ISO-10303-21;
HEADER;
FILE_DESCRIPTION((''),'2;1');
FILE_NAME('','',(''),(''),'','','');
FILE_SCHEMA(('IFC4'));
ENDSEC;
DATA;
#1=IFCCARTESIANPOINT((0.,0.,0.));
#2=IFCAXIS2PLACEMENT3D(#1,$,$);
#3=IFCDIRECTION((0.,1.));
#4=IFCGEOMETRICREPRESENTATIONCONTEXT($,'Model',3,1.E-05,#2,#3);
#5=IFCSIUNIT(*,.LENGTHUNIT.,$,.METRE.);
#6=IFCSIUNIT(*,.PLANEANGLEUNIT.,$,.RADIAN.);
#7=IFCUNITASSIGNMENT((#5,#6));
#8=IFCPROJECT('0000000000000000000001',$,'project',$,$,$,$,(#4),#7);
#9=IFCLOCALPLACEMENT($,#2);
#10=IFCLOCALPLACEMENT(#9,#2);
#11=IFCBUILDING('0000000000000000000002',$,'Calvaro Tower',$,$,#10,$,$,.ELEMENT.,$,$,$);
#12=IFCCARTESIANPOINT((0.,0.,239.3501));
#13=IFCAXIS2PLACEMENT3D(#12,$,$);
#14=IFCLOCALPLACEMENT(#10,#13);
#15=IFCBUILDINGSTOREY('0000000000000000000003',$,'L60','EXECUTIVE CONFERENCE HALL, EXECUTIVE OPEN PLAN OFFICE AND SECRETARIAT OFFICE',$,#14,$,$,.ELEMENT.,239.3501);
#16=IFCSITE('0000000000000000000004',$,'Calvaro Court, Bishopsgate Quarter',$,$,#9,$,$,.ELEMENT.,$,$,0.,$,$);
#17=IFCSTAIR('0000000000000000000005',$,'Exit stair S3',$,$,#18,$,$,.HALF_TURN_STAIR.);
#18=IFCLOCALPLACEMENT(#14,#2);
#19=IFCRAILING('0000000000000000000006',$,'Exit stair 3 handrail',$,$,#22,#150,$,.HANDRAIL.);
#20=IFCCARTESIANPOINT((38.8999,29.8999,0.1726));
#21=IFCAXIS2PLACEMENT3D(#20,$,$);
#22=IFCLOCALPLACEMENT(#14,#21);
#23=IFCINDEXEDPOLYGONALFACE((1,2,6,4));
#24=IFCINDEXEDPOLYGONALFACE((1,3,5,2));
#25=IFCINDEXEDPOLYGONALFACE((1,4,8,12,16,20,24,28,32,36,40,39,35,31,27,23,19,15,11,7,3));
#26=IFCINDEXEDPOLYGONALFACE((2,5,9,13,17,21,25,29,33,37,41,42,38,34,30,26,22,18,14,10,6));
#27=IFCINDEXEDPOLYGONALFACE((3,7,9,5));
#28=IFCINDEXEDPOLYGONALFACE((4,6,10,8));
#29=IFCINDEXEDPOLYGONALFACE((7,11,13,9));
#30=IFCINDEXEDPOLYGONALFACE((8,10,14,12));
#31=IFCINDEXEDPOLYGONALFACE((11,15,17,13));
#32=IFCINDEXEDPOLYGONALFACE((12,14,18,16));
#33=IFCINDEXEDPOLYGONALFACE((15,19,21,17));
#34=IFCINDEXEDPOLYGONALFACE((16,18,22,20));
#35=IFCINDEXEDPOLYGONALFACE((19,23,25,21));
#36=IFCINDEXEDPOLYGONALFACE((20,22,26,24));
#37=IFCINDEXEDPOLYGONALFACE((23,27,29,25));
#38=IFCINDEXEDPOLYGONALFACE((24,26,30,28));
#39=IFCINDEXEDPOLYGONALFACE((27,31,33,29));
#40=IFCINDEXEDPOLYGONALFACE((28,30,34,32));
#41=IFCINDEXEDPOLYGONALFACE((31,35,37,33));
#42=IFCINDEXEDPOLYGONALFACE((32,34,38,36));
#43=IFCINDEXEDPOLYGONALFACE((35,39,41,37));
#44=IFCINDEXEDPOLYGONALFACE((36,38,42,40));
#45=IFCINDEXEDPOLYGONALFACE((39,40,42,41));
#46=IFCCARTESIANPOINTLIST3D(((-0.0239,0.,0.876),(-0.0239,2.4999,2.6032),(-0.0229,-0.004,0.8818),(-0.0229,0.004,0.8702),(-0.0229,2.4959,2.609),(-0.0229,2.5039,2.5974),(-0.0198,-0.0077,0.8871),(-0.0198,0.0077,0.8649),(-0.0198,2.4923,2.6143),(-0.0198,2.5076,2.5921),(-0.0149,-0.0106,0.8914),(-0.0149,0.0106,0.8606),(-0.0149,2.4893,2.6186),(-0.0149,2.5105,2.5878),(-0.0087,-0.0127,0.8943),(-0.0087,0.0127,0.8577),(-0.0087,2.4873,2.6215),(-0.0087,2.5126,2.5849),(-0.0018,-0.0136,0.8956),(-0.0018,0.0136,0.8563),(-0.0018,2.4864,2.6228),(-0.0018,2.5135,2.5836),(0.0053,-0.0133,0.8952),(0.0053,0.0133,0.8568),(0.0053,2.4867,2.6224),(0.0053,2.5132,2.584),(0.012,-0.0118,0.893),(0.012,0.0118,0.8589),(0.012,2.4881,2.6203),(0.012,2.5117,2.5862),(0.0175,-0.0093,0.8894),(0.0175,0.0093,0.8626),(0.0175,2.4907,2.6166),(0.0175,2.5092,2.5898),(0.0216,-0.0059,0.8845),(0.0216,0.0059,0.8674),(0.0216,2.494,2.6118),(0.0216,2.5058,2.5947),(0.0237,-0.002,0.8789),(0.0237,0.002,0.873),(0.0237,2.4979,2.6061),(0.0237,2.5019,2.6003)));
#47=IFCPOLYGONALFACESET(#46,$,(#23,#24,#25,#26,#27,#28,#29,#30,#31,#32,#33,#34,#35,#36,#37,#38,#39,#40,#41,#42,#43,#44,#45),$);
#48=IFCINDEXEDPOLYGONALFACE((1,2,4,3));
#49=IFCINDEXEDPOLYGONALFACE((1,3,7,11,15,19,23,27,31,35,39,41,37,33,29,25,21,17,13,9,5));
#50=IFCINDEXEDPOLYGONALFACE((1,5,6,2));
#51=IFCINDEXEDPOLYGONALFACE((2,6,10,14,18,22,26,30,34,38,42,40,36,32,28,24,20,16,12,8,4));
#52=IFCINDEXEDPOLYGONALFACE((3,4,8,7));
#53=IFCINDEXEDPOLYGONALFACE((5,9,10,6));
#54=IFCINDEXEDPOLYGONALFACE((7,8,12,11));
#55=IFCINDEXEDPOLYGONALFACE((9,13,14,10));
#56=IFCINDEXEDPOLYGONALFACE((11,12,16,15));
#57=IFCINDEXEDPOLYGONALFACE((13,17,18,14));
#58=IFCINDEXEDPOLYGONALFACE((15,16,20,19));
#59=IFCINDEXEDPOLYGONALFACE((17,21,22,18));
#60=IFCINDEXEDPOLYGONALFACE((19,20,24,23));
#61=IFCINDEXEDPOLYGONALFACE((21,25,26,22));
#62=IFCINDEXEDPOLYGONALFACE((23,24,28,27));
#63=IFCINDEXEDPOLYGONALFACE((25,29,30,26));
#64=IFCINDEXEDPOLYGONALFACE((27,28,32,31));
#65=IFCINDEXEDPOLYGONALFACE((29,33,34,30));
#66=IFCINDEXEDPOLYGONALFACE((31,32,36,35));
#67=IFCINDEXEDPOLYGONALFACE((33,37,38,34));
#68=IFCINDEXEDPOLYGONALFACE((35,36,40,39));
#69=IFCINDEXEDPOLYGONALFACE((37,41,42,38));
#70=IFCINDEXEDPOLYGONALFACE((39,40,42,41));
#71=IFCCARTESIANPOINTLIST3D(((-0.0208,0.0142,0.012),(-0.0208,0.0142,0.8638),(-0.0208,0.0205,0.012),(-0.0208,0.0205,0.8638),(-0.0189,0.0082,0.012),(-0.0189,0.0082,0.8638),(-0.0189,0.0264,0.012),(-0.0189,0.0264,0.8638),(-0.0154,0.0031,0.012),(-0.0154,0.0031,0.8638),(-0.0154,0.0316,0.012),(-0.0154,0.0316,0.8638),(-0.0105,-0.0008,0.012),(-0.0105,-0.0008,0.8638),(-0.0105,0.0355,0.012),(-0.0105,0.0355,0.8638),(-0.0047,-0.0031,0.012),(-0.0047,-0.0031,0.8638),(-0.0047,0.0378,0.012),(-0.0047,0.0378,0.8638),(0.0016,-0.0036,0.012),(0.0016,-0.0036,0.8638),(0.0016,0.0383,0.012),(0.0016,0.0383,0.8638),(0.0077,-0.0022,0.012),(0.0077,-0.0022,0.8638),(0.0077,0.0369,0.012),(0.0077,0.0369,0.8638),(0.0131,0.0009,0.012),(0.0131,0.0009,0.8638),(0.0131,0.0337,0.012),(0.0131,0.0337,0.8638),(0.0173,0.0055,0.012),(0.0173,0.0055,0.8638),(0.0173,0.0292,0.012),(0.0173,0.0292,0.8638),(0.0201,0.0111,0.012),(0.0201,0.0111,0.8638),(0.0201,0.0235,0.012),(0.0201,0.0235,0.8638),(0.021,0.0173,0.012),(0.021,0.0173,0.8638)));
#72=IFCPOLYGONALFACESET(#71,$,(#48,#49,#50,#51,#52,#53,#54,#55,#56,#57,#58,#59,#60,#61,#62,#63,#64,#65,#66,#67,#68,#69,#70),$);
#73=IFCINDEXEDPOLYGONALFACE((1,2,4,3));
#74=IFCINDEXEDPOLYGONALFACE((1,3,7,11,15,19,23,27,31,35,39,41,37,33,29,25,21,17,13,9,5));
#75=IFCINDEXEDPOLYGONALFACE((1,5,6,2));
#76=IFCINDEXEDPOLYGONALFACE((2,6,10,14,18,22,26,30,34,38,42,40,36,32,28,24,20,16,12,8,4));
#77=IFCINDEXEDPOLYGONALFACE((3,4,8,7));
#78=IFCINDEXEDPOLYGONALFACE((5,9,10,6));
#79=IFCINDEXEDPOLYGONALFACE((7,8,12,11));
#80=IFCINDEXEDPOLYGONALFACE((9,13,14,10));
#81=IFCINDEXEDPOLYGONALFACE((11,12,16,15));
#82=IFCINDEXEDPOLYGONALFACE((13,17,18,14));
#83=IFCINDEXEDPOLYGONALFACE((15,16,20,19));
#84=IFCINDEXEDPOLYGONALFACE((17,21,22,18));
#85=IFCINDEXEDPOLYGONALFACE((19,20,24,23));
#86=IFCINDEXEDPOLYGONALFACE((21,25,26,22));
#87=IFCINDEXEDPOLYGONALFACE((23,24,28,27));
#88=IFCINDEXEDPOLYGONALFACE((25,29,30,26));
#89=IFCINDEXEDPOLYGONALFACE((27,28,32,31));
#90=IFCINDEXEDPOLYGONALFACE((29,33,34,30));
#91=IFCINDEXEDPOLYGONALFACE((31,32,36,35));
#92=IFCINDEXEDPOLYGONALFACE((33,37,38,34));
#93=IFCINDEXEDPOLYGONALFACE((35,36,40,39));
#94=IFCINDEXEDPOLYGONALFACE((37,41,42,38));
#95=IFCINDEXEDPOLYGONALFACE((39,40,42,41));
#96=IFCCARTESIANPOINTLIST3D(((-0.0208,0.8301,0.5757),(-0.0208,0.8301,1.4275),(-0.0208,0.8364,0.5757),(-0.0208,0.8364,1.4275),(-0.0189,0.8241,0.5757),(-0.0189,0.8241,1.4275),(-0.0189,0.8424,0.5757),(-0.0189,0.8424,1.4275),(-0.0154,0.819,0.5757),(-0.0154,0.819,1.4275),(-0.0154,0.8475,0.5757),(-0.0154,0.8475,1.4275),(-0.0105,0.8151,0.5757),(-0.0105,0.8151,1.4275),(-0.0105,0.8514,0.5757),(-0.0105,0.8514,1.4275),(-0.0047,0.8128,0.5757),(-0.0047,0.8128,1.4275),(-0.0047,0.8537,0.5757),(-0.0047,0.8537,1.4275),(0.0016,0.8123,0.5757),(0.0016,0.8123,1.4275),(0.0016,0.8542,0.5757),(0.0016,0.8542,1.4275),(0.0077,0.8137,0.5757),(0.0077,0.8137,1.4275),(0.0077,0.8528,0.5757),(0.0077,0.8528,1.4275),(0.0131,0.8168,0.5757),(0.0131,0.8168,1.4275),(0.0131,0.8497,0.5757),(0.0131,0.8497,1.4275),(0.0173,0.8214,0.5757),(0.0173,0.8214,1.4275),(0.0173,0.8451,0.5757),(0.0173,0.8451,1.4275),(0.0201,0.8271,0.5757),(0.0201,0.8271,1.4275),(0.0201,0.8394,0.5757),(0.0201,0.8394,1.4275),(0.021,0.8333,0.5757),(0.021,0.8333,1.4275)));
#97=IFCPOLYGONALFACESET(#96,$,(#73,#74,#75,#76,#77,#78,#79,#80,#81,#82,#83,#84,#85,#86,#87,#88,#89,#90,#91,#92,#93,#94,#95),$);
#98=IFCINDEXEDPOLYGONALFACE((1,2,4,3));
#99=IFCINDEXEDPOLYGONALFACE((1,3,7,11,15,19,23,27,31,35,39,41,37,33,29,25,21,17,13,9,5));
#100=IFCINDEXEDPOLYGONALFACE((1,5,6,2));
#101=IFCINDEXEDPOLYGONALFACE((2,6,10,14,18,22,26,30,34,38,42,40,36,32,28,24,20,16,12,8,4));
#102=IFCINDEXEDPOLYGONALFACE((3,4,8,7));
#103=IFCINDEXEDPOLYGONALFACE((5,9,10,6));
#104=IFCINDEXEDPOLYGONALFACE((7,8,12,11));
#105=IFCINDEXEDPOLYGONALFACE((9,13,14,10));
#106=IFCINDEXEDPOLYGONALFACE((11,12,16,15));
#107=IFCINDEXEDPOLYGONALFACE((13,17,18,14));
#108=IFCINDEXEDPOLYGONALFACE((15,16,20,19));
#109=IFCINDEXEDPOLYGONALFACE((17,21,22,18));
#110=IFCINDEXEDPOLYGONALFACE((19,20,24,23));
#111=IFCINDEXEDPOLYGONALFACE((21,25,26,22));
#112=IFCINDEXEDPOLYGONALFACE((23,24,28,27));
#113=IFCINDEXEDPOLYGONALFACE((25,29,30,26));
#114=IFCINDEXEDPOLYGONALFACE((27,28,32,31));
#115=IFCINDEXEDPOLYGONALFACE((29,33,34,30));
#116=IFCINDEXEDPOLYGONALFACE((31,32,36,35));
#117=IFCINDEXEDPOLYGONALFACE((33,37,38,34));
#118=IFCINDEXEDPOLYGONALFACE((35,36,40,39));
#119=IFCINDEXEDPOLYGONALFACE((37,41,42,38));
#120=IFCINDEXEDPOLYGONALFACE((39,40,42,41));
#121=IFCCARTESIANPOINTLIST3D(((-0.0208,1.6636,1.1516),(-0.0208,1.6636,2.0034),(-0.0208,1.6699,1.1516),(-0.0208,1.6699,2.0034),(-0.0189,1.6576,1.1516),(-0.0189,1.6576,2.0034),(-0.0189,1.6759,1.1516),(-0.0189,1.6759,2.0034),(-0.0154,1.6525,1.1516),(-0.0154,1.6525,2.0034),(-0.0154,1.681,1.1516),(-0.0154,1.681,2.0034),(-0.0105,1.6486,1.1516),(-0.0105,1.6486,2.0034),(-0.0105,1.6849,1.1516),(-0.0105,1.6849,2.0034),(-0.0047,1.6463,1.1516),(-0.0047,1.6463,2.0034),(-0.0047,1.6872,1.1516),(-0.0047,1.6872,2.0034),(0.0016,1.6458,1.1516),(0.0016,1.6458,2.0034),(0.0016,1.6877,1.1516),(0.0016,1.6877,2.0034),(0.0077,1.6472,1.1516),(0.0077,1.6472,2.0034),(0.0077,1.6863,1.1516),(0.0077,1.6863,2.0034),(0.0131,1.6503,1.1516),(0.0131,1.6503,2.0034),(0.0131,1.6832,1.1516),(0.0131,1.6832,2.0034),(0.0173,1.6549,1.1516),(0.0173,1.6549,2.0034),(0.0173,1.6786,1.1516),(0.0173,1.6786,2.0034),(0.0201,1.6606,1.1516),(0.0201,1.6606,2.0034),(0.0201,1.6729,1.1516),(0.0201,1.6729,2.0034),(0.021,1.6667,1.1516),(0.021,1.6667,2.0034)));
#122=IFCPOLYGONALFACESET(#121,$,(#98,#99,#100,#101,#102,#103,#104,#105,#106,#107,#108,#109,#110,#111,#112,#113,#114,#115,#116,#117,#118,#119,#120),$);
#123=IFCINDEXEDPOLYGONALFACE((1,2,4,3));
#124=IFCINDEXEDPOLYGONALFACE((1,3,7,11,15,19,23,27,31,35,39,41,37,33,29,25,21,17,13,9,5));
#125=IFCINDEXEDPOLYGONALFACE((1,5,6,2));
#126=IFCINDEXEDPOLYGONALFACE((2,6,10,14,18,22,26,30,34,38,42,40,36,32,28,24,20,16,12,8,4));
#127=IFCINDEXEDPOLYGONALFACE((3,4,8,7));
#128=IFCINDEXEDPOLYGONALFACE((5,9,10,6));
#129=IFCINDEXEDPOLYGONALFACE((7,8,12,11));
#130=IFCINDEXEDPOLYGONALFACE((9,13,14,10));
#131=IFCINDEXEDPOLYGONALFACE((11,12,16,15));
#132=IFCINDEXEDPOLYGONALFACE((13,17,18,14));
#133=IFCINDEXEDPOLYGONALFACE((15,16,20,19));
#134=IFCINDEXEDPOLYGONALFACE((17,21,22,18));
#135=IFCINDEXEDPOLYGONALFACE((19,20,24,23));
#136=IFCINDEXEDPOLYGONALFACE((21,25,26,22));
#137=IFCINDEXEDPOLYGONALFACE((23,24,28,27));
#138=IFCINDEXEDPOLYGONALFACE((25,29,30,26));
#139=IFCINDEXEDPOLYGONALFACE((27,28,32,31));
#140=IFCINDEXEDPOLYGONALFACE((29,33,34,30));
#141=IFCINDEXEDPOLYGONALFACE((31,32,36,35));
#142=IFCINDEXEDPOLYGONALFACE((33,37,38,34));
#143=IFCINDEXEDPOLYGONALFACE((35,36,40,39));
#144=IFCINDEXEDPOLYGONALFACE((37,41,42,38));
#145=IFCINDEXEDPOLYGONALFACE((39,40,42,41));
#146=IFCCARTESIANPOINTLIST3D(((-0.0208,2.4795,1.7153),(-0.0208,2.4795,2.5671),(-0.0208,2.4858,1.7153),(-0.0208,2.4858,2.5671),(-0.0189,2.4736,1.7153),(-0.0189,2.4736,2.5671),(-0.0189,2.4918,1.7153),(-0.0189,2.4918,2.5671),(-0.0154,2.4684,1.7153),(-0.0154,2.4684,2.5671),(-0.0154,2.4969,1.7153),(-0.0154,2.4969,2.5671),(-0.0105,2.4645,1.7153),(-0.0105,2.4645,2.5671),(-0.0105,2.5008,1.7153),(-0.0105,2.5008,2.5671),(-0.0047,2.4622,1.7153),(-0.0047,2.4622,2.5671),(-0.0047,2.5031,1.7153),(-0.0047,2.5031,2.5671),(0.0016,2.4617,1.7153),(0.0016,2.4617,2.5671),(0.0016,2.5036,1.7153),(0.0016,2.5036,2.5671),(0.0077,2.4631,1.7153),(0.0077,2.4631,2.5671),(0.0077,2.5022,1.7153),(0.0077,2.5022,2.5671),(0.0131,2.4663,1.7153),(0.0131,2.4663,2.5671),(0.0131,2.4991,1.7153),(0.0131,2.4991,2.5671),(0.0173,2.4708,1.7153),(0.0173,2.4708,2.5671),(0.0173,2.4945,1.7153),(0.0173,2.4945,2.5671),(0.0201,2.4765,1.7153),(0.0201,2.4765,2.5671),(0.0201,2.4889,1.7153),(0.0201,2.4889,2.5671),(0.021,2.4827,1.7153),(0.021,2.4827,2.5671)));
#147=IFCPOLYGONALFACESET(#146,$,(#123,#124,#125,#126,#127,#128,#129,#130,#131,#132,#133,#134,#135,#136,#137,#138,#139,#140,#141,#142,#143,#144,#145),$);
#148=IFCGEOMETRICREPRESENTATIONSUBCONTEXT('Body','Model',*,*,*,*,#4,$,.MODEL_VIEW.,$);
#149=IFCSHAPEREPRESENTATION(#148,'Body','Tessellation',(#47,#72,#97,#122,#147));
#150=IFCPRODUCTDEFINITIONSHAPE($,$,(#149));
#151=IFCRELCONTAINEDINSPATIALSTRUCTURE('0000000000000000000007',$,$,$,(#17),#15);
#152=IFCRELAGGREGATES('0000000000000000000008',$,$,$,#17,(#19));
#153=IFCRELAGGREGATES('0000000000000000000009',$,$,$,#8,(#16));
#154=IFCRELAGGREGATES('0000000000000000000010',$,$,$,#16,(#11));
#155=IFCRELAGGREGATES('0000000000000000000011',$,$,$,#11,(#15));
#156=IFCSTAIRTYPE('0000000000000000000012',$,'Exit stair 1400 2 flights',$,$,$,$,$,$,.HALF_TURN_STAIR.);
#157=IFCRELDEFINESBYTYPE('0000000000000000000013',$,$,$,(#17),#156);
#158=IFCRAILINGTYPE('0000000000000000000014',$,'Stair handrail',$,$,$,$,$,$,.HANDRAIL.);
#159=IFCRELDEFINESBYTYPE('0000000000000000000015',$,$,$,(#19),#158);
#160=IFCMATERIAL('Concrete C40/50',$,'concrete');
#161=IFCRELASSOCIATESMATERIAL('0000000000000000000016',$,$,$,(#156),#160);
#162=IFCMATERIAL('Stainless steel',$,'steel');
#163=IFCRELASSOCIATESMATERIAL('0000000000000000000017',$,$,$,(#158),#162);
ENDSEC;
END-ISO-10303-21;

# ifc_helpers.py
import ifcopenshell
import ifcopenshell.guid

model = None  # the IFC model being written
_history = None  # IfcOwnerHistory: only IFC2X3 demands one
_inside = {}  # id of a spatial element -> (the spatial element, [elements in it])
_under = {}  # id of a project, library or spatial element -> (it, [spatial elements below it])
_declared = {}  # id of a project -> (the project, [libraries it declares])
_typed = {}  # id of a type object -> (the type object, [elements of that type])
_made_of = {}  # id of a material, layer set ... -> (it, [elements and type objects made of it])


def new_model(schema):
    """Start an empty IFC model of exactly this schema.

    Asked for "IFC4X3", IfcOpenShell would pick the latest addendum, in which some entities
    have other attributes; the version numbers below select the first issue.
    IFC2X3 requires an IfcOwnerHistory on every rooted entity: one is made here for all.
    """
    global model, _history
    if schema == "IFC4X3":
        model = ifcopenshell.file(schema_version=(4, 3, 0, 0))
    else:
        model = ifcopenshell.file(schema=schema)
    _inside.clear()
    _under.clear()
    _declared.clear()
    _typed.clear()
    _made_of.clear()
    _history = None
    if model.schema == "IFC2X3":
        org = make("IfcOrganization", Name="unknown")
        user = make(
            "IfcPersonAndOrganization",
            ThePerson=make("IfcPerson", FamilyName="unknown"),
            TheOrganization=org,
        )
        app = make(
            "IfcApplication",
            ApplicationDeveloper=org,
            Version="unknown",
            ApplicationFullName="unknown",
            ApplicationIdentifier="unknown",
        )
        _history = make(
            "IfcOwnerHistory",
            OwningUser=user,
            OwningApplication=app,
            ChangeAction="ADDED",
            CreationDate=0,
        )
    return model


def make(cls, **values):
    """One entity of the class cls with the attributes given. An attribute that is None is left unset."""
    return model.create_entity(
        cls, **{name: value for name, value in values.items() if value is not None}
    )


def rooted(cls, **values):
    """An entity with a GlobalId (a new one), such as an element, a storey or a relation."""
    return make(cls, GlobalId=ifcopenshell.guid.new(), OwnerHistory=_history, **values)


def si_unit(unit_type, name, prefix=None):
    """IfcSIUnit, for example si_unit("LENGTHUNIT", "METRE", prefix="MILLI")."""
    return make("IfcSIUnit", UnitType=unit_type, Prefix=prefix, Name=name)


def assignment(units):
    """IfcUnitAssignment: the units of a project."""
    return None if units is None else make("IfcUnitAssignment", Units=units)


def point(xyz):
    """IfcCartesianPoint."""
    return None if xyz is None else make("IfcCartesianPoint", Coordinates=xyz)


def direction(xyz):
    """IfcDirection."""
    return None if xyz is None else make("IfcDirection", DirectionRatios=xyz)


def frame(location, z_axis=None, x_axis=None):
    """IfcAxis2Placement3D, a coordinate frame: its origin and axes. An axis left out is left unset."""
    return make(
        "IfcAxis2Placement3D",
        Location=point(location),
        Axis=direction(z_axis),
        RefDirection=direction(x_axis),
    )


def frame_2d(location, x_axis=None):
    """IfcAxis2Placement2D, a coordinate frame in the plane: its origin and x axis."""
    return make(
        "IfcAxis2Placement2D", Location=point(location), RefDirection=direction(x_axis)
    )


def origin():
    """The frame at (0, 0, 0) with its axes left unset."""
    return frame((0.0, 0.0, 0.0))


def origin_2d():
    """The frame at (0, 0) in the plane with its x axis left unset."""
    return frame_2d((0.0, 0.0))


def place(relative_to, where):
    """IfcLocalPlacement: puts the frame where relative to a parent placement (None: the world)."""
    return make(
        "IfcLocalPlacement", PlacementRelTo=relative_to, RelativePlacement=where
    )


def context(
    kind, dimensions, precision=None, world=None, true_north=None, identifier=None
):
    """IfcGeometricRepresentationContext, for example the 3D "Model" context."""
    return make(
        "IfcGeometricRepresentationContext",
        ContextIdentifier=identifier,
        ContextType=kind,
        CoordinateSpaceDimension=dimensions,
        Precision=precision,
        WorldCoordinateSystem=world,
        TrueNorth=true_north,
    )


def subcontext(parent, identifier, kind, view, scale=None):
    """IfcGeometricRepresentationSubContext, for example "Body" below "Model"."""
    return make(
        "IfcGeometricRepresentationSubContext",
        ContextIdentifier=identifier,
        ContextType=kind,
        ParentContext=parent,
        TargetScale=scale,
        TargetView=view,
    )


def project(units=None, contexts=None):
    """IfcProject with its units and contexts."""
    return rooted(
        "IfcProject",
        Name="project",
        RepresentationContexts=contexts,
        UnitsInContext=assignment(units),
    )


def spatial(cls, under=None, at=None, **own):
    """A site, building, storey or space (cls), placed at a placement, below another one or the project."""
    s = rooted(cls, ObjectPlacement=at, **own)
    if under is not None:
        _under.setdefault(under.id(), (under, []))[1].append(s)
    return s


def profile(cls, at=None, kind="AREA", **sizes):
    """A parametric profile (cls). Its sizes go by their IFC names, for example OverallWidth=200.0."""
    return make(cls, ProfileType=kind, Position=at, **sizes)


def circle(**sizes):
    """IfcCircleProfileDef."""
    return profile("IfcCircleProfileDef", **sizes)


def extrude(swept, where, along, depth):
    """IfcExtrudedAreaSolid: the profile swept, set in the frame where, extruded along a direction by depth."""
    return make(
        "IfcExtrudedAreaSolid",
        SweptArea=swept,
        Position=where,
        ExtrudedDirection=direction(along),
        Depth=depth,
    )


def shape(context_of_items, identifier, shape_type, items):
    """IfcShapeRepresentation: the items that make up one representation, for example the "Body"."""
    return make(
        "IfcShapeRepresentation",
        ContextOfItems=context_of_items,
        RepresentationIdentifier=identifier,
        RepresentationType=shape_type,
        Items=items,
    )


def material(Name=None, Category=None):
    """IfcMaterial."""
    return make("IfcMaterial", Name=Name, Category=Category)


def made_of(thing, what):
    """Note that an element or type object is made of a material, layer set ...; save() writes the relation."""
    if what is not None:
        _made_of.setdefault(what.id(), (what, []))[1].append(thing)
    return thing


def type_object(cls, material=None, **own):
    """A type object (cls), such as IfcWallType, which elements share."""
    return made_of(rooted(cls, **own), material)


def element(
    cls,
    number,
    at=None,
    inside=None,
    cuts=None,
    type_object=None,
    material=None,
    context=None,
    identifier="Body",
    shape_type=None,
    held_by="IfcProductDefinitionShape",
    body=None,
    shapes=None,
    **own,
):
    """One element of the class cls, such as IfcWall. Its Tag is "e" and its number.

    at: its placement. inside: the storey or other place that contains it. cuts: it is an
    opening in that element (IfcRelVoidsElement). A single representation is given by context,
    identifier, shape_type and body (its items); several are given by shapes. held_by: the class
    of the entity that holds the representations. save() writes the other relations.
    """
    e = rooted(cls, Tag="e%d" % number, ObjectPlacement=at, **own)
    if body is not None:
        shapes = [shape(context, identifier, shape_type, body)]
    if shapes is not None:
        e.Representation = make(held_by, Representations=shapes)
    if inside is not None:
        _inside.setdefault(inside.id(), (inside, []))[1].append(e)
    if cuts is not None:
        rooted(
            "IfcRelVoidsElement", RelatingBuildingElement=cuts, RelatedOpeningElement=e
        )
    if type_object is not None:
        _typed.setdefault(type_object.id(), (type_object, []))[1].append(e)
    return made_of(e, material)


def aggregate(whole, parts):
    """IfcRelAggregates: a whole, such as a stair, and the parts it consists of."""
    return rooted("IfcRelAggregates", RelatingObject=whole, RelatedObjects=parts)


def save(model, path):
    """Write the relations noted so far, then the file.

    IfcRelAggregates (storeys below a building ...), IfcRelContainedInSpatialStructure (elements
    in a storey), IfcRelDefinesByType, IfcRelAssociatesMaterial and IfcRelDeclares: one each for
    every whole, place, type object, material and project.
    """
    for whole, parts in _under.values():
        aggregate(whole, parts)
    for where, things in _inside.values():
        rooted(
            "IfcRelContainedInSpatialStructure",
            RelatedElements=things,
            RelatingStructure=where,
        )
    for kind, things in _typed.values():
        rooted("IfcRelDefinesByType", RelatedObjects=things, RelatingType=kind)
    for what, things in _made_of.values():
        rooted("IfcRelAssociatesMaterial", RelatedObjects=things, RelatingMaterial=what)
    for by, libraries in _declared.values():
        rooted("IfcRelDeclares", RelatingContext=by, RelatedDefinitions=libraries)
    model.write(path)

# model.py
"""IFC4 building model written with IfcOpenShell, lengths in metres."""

from ifc_helpers import new_model, si_unit, direction, frame, origin, origin_2d, place, context, subcontext, project, spatial, circle, extrude, material, type_object, element, aggregate, save


model = new_model("IFC4")

# Units and contexts
model_context = context("Model", 3, precision=1e-05, world=origin(), true_north=direction((0.0, 1.0)))
body_context = subcontext(model_context, "Body", "Model", "MODEL_VIEW")
ifc_project = project(units=[si_unit("LENGTHUNIT", "METRE"), si_unit("PLANEANGLEUNIT", "RADIAN")], contexts=[model_context])

# Site, building, storey
site_placement = place(None, origin())
site = spatial("IfcSite", under=ifc_project, at=site_placement, Name="Calvaro Court, Bishopsgate Quarter", CompositionType="ELEMENT", RefElevation=0.0)
building_placement = place(site_placement, origin())
building = spatial("IfcBuilding", under=site, at=building_placement, Name="Calvaro Tower", CompositionType="ELEMENT")
storey_placement = place(building_placement, frame((0.0, 0.0, 239.3501)))
storey = spatial("IfcBuildingStorey", under=building, at=storey_placement, Name="L60", Description="EXECUTIVE CONFERENCE HALL, EXECUTIVE OPEN PLAN OFFICE AND SECRETARIAT OFFICE", CompositionType="ELEMENT", Elevation=239.3501)

# Stair
ifc_material_1 = material(Name="Concrete C40/50", Category="concrete")
stair_type = type_object("IfcStairType", Name="Exit stair 1400 2 flights", PredefinedType="HALF_TURN_STAIR", material=ifc_material_1)
stair_1_placement = place(storey_placement, origin())
stair_1 = element("IfcStair", 1, at=stair_1_placement, inside=storey, type_object=stair_type, Name="Exit stair S3", PredefinedType="HALF_TURN_STAIR")

# Railing
ifc_material_2 = material(Name="Stainless steel", Category="steel")
railing_type = type_object("IfcRailingType", Name="Stair handrail", PredefinedType="HANDRAIL", material=ifc_material_2)
railing_1_placement = place(storey_placement, frame((38.8999, 29.8999, 0.1726)))
railing_1 = element("IfcRailing", 2, at=railing_1_placement, type_object=railing_type, Name="Exit stair 3 handrail", PredefinedType="HANDRAIL", context=body_context, shape_type="SweptSolid", body=[
    extrude(circle(Radius=0.0239, at=origin_2d()), frame((0.0, 0.0, 0.876), z_axis=(0.0, 0.822727, 0.568437), x_axis=(-1.0, 0.0, 0.0)), (0.0, 0.0, 1.0), 3.0386),
    extrude(circle(Radius=0.021, at=origin_2d()), frame((0.0, 0.0173, 0.012)), (0.0, 0.0, 1.0), 0.8518),
    extrude(circle(Radius=0.021, at=origin_2d()), frame((0.0, 0.8333, 0.5757)), (0.0, 0.0, 1.0), 0.8518),
    extrude(circle(Radius=0.021, at=origin_2d()), frame((0.0, 1.6667, 1.1516)), (0.0, 0.0, 1.0), 0.8518),
    extrude(circle(Radius=0.021, at=origin_2d()), frame((0.0, 2.4827, 1.7153)), (0.0, 0.0, 1.0), 0.8518),
])
aggregate(stair_1, [railing_1])

save(model, "model.ifc")
